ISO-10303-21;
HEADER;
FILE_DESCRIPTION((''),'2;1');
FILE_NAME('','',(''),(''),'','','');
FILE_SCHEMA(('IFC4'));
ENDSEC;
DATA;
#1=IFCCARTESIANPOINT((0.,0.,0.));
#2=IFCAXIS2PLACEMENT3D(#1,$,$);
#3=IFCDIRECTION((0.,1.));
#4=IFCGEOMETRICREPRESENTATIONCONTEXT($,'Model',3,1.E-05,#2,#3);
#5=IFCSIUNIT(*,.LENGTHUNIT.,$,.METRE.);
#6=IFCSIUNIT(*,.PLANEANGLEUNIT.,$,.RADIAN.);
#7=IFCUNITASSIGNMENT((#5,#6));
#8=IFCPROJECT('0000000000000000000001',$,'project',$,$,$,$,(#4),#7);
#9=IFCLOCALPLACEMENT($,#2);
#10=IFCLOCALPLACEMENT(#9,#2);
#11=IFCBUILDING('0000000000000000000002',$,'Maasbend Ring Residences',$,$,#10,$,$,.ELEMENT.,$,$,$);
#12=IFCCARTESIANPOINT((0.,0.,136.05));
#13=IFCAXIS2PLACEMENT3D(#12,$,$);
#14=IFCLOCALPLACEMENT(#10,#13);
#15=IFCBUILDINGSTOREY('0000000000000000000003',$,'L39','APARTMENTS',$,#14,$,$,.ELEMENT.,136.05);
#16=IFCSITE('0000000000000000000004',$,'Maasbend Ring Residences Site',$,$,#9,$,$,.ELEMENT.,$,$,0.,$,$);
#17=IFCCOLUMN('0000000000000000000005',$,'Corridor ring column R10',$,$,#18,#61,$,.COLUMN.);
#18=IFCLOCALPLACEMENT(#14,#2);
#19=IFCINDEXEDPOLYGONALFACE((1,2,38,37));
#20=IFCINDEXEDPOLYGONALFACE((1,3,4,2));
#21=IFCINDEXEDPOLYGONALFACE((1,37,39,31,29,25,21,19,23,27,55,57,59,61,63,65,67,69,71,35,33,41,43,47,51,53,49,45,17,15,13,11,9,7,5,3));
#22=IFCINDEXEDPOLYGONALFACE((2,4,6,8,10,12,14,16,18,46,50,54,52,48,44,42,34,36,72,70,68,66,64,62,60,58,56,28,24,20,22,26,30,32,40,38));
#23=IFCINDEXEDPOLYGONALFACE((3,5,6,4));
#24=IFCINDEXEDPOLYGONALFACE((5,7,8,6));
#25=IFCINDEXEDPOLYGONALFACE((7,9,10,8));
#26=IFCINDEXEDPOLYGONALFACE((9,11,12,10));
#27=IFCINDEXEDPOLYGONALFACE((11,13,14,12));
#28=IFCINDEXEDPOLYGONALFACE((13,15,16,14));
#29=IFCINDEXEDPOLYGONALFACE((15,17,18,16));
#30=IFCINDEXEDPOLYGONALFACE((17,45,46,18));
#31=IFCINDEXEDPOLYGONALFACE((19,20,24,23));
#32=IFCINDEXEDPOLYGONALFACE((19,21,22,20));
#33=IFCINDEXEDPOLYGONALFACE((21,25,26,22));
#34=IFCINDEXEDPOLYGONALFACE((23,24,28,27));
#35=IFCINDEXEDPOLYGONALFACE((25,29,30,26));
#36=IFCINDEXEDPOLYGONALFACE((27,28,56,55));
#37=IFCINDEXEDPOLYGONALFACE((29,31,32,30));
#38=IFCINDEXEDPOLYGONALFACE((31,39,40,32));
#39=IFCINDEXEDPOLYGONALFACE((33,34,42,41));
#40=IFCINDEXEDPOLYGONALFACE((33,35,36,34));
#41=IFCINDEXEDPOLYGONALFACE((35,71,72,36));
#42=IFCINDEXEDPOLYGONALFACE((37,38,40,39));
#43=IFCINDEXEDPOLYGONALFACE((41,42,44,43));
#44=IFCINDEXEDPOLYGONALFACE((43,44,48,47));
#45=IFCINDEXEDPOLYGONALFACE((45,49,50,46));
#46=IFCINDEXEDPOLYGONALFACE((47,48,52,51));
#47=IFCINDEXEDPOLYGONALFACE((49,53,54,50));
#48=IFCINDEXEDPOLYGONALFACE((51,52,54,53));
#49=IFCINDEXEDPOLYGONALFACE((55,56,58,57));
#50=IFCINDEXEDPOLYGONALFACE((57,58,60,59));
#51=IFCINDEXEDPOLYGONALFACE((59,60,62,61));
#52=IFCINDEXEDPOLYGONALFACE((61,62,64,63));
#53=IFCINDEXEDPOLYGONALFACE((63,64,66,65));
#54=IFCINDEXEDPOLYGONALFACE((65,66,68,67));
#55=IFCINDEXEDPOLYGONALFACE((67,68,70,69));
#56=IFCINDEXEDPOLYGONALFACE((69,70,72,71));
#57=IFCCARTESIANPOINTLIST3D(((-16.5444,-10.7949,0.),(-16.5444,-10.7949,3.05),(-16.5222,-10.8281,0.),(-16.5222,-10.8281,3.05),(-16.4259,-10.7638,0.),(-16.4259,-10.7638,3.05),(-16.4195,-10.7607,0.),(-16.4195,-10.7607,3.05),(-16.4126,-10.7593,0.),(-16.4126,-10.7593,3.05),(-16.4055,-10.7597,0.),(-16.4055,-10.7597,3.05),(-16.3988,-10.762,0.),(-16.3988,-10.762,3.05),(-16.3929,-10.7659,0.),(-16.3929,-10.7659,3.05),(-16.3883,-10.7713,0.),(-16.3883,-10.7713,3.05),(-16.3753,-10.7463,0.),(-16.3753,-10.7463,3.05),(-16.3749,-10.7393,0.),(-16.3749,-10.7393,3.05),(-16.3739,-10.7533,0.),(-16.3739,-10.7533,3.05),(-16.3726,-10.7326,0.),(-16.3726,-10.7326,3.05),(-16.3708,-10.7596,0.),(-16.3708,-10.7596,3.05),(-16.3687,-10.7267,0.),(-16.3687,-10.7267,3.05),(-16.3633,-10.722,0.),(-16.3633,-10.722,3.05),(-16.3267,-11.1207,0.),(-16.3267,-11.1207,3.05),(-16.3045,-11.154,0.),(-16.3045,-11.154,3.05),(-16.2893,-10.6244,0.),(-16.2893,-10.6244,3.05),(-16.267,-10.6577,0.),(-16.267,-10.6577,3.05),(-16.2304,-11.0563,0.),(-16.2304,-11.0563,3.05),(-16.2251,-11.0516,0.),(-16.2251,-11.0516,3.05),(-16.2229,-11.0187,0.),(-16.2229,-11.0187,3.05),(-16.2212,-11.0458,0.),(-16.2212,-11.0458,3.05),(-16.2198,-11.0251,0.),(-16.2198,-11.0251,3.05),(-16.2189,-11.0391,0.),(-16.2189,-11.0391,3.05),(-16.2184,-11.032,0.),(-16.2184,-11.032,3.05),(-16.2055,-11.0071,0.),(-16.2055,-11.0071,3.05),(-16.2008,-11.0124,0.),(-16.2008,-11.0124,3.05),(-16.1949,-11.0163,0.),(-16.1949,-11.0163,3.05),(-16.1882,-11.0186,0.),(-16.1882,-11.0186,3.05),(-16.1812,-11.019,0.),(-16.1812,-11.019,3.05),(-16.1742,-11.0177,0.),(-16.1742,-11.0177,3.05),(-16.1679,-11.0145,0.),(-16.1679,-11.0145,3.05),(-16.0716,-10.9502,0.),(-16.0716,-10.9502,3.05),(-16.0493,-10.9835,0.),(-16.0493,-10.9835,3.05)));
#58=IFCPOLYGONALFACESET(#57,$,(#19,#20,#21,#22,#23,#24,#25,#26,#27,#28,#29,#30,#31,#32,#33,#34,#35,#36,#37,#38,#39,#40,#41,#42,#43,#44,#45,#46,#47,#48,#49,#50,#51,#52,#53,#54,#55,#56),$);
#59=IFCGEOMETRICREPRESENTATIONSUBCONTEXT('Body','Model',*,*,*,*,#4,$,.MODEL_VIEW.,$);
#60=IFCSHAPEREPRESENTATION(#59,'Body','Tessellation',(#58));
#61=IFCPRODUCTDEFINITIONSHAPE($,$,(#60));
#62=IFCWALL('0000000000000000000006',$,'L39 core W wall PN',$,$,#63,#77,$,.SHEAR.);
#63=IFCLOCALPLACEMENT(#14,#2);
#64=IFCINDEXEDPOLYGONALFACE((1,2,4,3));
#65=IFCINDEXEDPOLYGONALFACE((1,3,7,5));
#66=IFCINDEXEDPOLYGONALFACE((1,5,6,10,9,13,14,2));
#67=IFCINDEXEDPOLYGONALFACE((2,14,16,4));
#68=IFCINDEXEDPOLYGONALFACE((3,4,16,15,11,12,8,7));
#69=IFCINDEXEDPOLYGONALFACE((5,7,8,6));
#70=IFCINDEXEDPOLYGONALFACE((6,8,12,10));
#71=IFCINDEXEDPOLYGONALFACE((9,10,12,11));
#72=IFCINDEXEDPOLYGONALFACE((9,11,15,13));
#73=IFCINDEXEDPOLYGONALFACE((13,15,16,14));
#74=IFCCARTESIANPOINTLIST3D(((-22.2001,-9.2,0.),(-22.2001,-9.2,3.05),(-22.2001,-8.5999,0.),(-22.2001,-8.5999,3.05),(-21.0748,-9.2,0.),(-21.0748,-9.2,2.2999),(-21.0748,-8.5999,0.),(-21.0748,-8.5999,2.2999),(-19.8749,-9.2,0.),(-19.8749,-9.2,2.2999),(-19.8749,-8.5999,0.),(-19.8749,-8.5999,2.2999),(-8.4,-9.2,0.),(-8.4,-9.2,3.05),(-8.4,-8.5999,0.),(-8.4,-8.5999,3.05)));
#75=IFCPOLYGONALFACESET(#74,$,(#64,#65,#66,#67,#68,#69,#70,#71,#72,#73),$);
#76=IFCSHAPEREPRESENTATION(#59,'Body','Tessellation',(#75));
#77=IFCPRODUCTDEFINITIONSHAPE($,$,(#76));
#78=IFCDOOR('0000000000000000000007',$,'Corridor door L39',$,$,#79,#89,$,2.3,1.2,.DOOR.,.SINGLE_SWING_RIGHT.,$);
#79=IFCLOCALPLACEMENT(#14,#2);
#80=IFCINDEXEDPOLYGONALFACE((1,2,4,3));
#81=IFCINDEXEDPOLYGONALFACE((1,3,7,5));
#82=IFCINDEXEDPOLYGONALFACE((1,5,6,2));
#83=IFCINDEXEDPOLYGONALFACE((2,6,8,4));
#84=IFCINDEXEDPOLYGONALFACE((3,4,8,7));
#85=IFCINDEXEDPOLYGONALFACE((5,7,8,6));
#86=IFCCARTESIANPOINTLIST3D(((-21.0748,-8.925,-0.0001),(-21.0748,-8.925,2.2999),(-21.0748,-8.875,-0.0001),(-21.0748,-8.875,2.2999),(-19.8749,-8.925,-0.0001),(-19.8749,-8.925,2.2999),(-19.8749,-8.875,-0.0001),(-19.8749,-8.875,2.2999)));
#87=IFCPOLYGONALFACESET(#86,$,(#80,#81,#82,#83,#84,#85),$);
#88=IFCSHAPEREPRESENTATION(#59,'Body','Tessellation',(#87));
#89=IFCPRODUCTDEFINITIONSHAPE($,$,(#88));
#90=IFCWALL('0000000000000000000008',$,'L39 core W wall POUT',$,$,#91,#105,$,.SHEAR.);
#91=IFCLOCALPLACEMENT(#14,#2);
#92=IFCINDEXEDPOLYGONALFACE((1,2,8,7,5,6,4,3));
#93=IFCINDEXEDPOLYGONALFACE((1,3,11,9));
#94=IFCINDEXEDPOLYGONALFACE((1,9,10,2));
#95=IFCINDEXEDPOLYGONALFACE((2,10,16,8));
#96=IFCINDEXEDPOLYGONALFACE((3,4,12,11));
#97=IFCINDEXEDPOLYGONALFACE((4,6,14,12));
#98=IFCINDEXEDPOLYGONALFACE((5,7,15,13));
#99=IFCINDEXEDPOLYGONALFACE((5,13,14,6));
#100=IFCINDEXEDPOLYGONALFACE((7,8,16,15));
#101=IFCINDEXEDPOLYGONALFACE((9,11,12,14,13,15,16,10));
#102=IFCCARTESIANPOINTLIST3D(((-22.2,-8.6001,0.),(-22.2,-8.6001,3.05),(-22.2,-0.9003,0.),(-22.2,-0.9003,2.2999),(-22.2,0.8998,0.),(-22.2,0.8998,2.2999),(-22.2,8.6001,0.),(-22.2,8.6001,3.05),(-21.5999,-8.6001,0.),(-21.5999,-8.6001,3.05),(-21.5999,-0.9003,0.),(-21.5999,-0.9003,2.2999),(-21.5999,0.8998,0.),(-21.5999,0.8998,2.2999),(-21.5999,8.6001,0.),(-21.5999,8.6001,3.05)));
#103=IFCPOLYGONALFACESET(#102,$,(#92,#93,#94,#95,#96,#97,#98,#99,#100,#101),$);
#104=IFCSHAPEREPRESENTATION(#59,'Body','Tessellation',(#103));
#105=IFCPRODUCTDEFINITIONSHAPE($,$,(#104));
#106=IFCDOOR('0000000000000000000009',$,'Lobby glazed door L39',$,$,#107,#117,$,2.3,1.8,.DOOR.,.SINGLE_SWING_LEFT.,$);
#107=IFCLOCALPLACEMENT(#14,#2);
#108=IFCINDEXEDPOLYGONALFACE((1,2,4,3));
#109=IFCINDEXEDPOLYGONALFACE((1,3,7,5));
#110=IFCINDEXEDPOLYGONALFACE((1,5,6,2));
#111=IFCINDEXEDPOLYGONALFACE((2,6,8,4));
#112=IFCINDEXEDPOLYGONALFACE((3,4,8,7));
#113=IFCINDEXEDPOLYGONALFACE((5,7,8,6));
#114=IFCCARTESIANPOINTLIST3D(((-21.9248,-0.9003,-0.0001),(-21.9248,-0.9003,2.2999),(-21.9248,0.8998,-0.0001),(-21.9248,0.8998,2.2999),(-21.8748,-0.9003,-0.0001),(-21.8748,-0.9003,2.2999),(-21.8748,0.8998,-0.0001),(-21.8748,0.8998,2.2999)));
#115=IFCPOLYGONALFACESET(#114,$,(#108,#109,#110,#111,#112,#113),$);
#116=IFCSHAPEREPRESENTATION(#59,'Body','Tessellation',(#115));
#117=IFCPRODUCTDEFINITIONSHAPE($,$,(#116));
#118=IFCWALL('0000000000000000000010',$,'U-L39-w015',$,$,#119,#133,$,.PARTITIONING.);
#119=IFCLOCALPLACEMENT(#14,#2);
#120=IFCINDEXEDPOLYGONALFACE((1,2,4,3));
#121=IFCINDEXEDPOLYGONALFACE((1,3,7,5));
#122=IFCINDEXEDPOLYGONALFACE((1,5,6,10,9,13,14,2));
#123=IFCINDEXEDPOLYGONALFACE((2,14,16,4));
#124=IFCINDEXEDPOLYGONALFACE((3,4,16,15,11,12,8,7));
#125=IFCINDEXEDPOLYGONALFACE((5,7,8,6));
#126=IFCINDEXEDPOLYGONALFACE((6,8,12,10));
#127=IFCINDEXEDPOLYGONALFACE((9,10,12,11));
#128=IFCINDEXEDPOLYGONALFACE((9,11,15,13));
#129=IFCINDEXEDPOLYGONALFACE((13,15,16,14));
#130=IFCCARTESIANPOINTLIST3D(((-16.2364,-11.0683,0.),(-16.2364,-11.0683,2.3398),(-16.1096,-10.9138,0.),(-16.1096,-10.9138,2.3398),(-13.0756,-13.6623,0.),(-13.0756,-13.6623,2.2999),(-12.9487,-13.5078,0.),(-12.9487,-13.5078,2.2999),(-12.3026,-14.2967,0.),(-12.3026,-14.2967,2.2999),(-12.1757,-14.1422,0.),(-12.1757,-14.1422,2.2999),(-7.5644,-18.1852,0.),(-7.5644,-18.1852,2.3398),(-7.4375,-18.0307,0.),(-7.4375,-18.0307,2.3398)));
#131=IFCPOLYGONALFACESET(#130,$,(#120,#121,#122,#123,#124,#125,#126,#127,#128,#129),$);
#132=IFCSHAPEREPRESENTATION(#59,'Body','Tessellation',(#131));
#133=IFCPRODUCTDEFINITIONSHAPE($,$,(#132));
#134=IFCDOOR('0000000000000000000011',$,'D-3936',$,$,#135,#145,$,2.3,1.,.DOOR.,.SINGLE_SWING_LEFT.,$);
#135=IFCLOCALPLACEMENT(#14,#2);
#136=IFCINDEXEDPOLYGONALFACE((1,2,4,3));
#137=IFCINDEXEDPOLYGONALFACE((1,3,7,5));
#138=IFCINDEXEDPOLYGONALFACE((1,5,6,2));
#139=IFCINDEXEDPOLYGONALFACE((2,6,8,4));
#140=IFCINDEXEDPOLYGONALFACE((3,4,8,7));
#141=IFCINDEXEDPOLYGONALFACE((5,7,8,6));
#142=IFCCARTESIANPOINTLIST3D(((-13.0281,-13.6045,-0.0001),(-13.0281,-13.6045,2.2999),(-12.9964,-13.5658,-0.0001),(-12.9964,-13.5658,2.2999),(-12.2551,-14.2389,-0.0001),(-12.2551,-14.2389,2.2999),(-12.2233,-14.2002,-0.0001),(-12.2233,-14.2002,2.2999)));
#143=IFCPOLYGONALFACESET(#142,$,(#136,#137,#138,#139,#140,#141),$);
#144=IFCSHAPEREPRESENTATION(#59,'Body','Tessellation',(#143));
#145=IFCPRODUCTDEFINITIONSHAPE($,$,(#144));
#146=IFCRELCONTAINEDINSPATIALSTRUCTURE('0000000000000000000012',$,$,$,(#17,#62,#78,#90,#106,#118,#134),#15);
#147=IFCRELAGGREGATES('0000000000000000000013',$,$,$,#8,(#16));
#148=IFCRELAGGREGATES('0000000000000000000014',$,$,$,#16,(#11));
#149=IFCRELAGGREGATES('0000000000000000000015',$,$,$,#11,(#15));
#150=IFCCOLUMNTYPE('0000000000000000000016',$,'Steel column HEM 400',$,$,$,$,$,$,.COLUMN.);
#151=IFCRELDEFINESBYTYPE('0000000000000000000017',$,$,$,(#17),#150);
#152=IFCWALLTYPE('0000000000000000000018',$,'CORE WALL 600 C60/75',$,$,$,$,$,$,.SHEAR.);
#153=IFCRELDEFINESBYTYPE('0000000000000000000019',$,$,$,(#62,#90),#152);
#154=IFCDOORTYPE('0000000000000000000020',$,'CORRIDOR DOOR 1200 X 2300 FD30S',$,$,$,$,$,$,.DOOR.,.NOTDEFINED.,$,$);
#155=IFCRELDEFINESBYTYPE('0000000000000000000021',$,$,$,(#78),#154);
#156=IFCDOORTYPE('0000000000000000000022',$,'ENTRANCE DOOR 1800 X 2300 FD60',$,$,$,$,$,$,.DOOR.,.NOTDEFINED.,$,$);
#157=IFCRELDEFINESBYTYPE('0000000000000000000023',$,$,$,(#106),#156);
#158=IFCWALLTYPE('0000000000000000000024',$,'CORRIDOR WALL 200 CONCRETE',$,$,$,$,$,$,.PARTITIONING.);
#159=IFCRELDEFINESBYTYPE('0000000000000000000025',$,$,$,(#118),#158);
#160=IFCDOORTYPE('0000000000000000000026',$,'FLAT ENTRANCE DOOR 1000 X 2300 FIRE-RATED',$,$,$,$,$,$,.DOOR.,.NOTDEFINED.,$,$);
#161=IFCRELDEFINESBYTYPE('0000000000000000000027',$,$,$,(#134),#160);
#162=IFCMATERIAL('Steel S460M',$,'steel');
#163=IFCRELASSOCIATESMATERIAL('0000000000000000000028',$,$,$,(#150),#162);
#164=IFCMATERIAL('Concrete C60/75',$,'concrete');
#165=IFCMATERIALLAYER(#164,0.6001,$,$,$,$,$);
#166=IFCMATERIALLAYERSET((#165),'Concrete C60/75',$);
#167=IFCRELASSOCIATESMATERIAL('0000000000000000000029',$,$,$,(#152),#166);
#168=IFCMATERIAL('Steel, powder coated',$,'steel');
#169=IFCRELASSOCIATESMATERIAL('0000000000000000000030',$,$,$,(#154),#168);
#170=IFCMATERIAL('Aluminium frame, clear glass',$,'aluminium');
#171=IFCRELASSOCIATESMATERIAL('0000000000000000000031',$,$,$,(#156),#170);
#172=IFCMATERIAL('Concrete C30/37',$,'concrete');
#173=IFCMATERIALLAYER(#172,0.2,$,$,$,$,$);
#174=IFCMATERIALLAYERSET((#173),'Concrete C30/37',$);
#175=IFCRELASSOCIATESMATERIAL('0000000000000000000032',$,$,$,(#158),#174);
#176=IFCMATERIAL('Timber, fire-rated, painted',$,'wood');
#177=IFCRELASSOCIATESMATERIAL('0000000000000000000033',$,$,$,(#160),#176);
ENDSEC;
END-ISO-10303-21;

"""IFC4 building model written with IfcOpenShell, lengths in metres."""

from ifc_helpers import new_model, si_unit, direction, frame, frame_2d, origin, origin_2d, place, context, subcontext, project, spatial, rectangle, i_section, extrude, material, layer, layer_set, material_profile, profile_set, type_object, element, fill, save


model = new_model("IFC4")

# Units and contexts
model_context = context("Model", 3, precision=1e-05, world=origin(), true_north=direction((0.0, 1.0)))
body_context = subcontext(model_context, "Body", "Model", "MODEL_VIEW")
ifc_project = project(units=[si_unit("LENGTHUNIT", "METRE"), si_unit("PLANEANGLEUNIT", "RADIAN")], contexts=[model_context])

# Site, building, storey
site_placement = place(None, origin())
site = spatial("IfcSite", under=ifc_project, at=site_placement, Name="Maasbend Ring Residences Site", CompositionType="ELEMENT", RefElevation=0.0)
building_placement = place(site_placement, origin())
building = spatial("IfcBuilding", under=site, at=building_placement, Name="Maasbend Ring Residences", CompositionType="ELEMENT")
storey_placement = place(building_placement, frame((0.0, 0.0, 136.05)))
storey = spatial("IfcBuildingStorey", under=building, at=storey_placement, Name="L39", Description="APARTMENTS", CompositionType="ELEMENT", Elevation=136.05)

# Column
ifc_material_1 = material(Name="Steel S460M", Category="steel")
ifc_material_profile = material_profile(ifc_material_1, i_section(OverallWidth=0.3069, OverallDepth=0.4319, WebThickness=0.021, FlangeThickness=0.04, FilletRadius=0.0271, at=origin_2d()), Name="HEM 400")
ifc_profile_set = profile_set([ifc_material_profile], Name="Steel S460M")
column_type = type_object("IfcColumnType", Name="Steel column HEM 400", PredefinedType="COLUMN", material=ifc_profile_set)
column_placement = place(storey_placement, frame((-16.2969, -10.8892, 0.0), z_axis=(0.0, 0.0, 1.0), x_axis=(-0.83147, -0.55557, 0.0)))
element("IfcColumn", 1, at=column_placement, inside=storey, type_object=column_type, Name="Corridor ring column R10", PredefinedType="COLUMN", context=body_context, shape_type="SweptSolid", body=[
    extrude(i_section(OverallWidth=0.3069, OverallDepth=0.4319, WebThickness=0.021, FlangeThickness=0.04, FilletRadius=0.0271, at=origin_2d()), origin(), (0.0, 0.0, 1.0), 3.05),
])

# Walls, openings, doors
ifc_material_2 = material(Name="Concrete C60/75", Category="concrete")
ifc_layer_1 = layer(ifc_material_2, 0.6001)
ifc_layer_set_1 = layer_set([ifc_layer_1], Name="Concrete C60/75")
wall_type_1 = type_object("IfcWallType", Name="CORE WALL 600 C60/75", PredefinedType="SHEAR", material=ifc_layer_set_1)
wall_1_placement = place(storey_placement, frame((-22.2, -8.8999, 0.0), z_axis=(0.0, 0.0, 1.0), x_axis=(1.0, 0.0, 0.0)))
wall_1 = element("IfcWall", 2, at=wall_1_placement, inside=storey, type_object=wall_type_1, Name="L39 core W wall PN", PredefinedType="SHEAR", context=body_context, shape_type="SweptSolid", body=[
    extrude(rectangle(XDim=13.8, YDim=0.6001, at=frame_2d((6.8999, 0.0))), origin(), (0.0, 0.0, 1.0), 3.05),
])
opening_1_placement = place(wall_1_placement, frame((1.125, 0.0, 0.0)))
opening_1 = element("IfcOpeningElement", 3, at=opening_1_placement, cuts=wall_1, PredefinedType="OPENING", context=body_context, shape_type="SweptSolid", body=[
    extrude(rectangle(XDim=1.2, YDim=2.3, at=frame_2d((0.6001, 1.1499))), frame((0.0, 0.3101, 0.0), z_axis=(0.0, -1.0, 0.0), x_axis=(1.0, 0.0, 0.0)), (0.0, 0.0, 1.0), 0.6201),
])
ifc_material_3 = material(Name="Steel, powder coated", Category="steel")
door_type_1 = type_object("IfcDoorType", Name="CORRIDOR DOOR 1200 X 2300 FD30S", OperationType="NOTDEFINED", PredefinedType="DOOR", material=ifc_material_3)
door_1_placement = place(opening_1_placement, origin())
door_1 = element("IfcDoor", 4, at=door_1_placement, inside=storey, type_object=door_type_1, Name="Corridor door L39", OperationType="SINGLE_SWING_RIGHT", OverallHeight=2.3, OverallWidth=1.2, PredefinedType="DOOR", context=body_context, shape_type="SweptSolid", body=[
    extrude(rectangle(XDim=1.2, YDim=2.3, at=frame_2d((0.6001, 1.1499))), frame((0.0, 0.0249, 0.0), z_axis=(0.0, -1.0, 0.0), x_axis=(1.0, 0.0, 0.0)), (0.0, 0.0, 1.0), 0.05),
])
fill(opening_1, door_1)
wall_2_placement = place(storey_placement, frame((-21.8999, -8.6001, 0.0), z_axis=(0.0, 0.0, 1.0), x_axis=(0.0, 1.0, 0.0)))
wall_2 = element("IfcWall", 5, at=wall_2_placement, inside=storey, type_object=wall_type_1, Name="L39 core W wall POUT", PredefinedType="SHEAR", context=body_context, shape_type="SweptSolid", body=[
    extrude(rectangle(XDim=17.2002, YDim=0.6001, at=frame_2d((8.6001, 0.0))), origin(), (0.0, 0.0, 1.0), 3.05),
])
opening_2_placement = place(wall_2_placement, frame((7.7, 0.0, 0.0)))
opening_2 = element("IfcOpeningElement", 6, at=opening_2_placement, cuts=wall_2, PredefinedType="OPENING", context=body_context, shape_type="SweptSolid", body=[
    extrude(rectangle(XDim=1.8, YDim=2.3, at=frame_2d((0.8999, 1.1499))), frame((0.0, 0.3101, 0.0), z_axis=(0.0, -1.0, 0.0), x_axis=(1.0, 0.0, 0.0)), (0.0, 0.0, 1.0), 0.6201),
])
ifc_material_4 = material(Name="Aluminium frame, clear glass", Category="aluminium")
door_type_2 = type_object("IfcDoorType", Name="ENTRANCE DOOR 1800 X 2300 FD60", OperationType="NOTDEFINED", PredefinedType="DOOR", material=ifc_material_4)
door_2_placement = place(opening_2_placement, origin())
door_2 = element("IfcDoor", 7, at=door_2_placement, inside=storey, type_object=door_type_2, Name="Lobby glazed door L39", OperationType="SINGLE_SWING_LEFT", OverallHeight=2.3, OverallWidth=1.8, PredefinedType="DOOR", context=body_context, shape_type="SweptSolid", body=[
    extrude(rectangle(XDim=1.8, YDim=2.3, at=frame_2d((0.8999, 1.1499))), frame((0.0, 0.0249, 0.0), z_axis=(0.0, -1.0, 0.0), x_axis=(1.0, 0.0, 0.0)), (0.0, 0.0, 1.0), 0.05),
])
fill(opening_2, door_2)
ifc_material_5 = material(Name="Concrete C30/37", Category="concrete")
ifc_layer_2 = layer(ifc_material_5, 0.2)
ifc_layer_set_2 = layer_set([ifc_layer_2], Name="Concrete C30/37")
wall_type_2 = type_object("IfcWallType", Name="CORRIDOR WALL 200 CONCRETE", PredefinedType="PARTITIONING", material=ifc_layer_set_2)
wall_3_placement = place(storey_placement, frame((-16.1731, -10.991, 0.0), z_axis=(0.0, 0.0, 1.0), x_axis=(0.773014, -0.634389, 0.0)))
wall_3 = element("IfcWall", 8, at=wall_3_placement, inside=storey, type_object=wall_type_2, Name="U-L39-w015", PredefinedType="PARTITIONING", context=body_context, shape_type="SweptSolid", body=[
    extrude(rectangle(XDim=11.2185, YDim=0.2, at=frame_2d((5.6094, 0.0))), origin(), (0.0, 0.0, 1.0), 2.3398),
])
opening_3_placement = place(wall_3_placement, frame((4.0891, 0.0, 0.0)))
opening_3 = element("IfcOpeningElement", 9, at=opening_3_placement, cuts=wall_3, PredefinedType="OPENING", context=body_context, shape_type="SweptSolid", body=[
    extrude(rectangle(XDim=1.0, YDim=2.3, at=frame_2d((0.5, 1.1499))), frame((0.0, 0.1099, 0.0), z_axis=(0.0, -1.0, 0.0), x_axis=(1.0, 0.0, 0.0)), (0.0, 0.0, 1.0), 0.22),
])
ifc_material_6 = material(Name="Timber, fire-rated, painted", Category="wood")
door_type_3 = type_object("IfcDoorType", Name="FLAT ENTRANCE DOOR 1000 X 2300 FIRE-RATED", OperationType="NOTDEFINED", PredefinedType="DOOR", material=ifc_material_6)
door_3_placement = place(opening_3_placement, origin())
door_3 = element("IfcDoor", 10, at=door_3_placement, inside=storey, type_object=door_type_3, Name="D-3936", OperationType="SINGLE_SWING_LEFT", OverallHeight=2.3, OverallWidth=1.0, PredefinedType="DOOR", context=body_context, shape_type="SweptSolid", body=[
    extrude(rectangle(XDim=1.0, YDim=2.3, at=frame_2d((0.5, 1.1499))), frame((0.0, 0.0249, 0.0), z_axis=(0.0, -1.0, 0.0), x_axis=(1.0, 0.0, 0.0)), (0.0, 0.0, 1.0), 0.05),
])
fill(opening_3, door_3)

save(model, "model.ifc")
